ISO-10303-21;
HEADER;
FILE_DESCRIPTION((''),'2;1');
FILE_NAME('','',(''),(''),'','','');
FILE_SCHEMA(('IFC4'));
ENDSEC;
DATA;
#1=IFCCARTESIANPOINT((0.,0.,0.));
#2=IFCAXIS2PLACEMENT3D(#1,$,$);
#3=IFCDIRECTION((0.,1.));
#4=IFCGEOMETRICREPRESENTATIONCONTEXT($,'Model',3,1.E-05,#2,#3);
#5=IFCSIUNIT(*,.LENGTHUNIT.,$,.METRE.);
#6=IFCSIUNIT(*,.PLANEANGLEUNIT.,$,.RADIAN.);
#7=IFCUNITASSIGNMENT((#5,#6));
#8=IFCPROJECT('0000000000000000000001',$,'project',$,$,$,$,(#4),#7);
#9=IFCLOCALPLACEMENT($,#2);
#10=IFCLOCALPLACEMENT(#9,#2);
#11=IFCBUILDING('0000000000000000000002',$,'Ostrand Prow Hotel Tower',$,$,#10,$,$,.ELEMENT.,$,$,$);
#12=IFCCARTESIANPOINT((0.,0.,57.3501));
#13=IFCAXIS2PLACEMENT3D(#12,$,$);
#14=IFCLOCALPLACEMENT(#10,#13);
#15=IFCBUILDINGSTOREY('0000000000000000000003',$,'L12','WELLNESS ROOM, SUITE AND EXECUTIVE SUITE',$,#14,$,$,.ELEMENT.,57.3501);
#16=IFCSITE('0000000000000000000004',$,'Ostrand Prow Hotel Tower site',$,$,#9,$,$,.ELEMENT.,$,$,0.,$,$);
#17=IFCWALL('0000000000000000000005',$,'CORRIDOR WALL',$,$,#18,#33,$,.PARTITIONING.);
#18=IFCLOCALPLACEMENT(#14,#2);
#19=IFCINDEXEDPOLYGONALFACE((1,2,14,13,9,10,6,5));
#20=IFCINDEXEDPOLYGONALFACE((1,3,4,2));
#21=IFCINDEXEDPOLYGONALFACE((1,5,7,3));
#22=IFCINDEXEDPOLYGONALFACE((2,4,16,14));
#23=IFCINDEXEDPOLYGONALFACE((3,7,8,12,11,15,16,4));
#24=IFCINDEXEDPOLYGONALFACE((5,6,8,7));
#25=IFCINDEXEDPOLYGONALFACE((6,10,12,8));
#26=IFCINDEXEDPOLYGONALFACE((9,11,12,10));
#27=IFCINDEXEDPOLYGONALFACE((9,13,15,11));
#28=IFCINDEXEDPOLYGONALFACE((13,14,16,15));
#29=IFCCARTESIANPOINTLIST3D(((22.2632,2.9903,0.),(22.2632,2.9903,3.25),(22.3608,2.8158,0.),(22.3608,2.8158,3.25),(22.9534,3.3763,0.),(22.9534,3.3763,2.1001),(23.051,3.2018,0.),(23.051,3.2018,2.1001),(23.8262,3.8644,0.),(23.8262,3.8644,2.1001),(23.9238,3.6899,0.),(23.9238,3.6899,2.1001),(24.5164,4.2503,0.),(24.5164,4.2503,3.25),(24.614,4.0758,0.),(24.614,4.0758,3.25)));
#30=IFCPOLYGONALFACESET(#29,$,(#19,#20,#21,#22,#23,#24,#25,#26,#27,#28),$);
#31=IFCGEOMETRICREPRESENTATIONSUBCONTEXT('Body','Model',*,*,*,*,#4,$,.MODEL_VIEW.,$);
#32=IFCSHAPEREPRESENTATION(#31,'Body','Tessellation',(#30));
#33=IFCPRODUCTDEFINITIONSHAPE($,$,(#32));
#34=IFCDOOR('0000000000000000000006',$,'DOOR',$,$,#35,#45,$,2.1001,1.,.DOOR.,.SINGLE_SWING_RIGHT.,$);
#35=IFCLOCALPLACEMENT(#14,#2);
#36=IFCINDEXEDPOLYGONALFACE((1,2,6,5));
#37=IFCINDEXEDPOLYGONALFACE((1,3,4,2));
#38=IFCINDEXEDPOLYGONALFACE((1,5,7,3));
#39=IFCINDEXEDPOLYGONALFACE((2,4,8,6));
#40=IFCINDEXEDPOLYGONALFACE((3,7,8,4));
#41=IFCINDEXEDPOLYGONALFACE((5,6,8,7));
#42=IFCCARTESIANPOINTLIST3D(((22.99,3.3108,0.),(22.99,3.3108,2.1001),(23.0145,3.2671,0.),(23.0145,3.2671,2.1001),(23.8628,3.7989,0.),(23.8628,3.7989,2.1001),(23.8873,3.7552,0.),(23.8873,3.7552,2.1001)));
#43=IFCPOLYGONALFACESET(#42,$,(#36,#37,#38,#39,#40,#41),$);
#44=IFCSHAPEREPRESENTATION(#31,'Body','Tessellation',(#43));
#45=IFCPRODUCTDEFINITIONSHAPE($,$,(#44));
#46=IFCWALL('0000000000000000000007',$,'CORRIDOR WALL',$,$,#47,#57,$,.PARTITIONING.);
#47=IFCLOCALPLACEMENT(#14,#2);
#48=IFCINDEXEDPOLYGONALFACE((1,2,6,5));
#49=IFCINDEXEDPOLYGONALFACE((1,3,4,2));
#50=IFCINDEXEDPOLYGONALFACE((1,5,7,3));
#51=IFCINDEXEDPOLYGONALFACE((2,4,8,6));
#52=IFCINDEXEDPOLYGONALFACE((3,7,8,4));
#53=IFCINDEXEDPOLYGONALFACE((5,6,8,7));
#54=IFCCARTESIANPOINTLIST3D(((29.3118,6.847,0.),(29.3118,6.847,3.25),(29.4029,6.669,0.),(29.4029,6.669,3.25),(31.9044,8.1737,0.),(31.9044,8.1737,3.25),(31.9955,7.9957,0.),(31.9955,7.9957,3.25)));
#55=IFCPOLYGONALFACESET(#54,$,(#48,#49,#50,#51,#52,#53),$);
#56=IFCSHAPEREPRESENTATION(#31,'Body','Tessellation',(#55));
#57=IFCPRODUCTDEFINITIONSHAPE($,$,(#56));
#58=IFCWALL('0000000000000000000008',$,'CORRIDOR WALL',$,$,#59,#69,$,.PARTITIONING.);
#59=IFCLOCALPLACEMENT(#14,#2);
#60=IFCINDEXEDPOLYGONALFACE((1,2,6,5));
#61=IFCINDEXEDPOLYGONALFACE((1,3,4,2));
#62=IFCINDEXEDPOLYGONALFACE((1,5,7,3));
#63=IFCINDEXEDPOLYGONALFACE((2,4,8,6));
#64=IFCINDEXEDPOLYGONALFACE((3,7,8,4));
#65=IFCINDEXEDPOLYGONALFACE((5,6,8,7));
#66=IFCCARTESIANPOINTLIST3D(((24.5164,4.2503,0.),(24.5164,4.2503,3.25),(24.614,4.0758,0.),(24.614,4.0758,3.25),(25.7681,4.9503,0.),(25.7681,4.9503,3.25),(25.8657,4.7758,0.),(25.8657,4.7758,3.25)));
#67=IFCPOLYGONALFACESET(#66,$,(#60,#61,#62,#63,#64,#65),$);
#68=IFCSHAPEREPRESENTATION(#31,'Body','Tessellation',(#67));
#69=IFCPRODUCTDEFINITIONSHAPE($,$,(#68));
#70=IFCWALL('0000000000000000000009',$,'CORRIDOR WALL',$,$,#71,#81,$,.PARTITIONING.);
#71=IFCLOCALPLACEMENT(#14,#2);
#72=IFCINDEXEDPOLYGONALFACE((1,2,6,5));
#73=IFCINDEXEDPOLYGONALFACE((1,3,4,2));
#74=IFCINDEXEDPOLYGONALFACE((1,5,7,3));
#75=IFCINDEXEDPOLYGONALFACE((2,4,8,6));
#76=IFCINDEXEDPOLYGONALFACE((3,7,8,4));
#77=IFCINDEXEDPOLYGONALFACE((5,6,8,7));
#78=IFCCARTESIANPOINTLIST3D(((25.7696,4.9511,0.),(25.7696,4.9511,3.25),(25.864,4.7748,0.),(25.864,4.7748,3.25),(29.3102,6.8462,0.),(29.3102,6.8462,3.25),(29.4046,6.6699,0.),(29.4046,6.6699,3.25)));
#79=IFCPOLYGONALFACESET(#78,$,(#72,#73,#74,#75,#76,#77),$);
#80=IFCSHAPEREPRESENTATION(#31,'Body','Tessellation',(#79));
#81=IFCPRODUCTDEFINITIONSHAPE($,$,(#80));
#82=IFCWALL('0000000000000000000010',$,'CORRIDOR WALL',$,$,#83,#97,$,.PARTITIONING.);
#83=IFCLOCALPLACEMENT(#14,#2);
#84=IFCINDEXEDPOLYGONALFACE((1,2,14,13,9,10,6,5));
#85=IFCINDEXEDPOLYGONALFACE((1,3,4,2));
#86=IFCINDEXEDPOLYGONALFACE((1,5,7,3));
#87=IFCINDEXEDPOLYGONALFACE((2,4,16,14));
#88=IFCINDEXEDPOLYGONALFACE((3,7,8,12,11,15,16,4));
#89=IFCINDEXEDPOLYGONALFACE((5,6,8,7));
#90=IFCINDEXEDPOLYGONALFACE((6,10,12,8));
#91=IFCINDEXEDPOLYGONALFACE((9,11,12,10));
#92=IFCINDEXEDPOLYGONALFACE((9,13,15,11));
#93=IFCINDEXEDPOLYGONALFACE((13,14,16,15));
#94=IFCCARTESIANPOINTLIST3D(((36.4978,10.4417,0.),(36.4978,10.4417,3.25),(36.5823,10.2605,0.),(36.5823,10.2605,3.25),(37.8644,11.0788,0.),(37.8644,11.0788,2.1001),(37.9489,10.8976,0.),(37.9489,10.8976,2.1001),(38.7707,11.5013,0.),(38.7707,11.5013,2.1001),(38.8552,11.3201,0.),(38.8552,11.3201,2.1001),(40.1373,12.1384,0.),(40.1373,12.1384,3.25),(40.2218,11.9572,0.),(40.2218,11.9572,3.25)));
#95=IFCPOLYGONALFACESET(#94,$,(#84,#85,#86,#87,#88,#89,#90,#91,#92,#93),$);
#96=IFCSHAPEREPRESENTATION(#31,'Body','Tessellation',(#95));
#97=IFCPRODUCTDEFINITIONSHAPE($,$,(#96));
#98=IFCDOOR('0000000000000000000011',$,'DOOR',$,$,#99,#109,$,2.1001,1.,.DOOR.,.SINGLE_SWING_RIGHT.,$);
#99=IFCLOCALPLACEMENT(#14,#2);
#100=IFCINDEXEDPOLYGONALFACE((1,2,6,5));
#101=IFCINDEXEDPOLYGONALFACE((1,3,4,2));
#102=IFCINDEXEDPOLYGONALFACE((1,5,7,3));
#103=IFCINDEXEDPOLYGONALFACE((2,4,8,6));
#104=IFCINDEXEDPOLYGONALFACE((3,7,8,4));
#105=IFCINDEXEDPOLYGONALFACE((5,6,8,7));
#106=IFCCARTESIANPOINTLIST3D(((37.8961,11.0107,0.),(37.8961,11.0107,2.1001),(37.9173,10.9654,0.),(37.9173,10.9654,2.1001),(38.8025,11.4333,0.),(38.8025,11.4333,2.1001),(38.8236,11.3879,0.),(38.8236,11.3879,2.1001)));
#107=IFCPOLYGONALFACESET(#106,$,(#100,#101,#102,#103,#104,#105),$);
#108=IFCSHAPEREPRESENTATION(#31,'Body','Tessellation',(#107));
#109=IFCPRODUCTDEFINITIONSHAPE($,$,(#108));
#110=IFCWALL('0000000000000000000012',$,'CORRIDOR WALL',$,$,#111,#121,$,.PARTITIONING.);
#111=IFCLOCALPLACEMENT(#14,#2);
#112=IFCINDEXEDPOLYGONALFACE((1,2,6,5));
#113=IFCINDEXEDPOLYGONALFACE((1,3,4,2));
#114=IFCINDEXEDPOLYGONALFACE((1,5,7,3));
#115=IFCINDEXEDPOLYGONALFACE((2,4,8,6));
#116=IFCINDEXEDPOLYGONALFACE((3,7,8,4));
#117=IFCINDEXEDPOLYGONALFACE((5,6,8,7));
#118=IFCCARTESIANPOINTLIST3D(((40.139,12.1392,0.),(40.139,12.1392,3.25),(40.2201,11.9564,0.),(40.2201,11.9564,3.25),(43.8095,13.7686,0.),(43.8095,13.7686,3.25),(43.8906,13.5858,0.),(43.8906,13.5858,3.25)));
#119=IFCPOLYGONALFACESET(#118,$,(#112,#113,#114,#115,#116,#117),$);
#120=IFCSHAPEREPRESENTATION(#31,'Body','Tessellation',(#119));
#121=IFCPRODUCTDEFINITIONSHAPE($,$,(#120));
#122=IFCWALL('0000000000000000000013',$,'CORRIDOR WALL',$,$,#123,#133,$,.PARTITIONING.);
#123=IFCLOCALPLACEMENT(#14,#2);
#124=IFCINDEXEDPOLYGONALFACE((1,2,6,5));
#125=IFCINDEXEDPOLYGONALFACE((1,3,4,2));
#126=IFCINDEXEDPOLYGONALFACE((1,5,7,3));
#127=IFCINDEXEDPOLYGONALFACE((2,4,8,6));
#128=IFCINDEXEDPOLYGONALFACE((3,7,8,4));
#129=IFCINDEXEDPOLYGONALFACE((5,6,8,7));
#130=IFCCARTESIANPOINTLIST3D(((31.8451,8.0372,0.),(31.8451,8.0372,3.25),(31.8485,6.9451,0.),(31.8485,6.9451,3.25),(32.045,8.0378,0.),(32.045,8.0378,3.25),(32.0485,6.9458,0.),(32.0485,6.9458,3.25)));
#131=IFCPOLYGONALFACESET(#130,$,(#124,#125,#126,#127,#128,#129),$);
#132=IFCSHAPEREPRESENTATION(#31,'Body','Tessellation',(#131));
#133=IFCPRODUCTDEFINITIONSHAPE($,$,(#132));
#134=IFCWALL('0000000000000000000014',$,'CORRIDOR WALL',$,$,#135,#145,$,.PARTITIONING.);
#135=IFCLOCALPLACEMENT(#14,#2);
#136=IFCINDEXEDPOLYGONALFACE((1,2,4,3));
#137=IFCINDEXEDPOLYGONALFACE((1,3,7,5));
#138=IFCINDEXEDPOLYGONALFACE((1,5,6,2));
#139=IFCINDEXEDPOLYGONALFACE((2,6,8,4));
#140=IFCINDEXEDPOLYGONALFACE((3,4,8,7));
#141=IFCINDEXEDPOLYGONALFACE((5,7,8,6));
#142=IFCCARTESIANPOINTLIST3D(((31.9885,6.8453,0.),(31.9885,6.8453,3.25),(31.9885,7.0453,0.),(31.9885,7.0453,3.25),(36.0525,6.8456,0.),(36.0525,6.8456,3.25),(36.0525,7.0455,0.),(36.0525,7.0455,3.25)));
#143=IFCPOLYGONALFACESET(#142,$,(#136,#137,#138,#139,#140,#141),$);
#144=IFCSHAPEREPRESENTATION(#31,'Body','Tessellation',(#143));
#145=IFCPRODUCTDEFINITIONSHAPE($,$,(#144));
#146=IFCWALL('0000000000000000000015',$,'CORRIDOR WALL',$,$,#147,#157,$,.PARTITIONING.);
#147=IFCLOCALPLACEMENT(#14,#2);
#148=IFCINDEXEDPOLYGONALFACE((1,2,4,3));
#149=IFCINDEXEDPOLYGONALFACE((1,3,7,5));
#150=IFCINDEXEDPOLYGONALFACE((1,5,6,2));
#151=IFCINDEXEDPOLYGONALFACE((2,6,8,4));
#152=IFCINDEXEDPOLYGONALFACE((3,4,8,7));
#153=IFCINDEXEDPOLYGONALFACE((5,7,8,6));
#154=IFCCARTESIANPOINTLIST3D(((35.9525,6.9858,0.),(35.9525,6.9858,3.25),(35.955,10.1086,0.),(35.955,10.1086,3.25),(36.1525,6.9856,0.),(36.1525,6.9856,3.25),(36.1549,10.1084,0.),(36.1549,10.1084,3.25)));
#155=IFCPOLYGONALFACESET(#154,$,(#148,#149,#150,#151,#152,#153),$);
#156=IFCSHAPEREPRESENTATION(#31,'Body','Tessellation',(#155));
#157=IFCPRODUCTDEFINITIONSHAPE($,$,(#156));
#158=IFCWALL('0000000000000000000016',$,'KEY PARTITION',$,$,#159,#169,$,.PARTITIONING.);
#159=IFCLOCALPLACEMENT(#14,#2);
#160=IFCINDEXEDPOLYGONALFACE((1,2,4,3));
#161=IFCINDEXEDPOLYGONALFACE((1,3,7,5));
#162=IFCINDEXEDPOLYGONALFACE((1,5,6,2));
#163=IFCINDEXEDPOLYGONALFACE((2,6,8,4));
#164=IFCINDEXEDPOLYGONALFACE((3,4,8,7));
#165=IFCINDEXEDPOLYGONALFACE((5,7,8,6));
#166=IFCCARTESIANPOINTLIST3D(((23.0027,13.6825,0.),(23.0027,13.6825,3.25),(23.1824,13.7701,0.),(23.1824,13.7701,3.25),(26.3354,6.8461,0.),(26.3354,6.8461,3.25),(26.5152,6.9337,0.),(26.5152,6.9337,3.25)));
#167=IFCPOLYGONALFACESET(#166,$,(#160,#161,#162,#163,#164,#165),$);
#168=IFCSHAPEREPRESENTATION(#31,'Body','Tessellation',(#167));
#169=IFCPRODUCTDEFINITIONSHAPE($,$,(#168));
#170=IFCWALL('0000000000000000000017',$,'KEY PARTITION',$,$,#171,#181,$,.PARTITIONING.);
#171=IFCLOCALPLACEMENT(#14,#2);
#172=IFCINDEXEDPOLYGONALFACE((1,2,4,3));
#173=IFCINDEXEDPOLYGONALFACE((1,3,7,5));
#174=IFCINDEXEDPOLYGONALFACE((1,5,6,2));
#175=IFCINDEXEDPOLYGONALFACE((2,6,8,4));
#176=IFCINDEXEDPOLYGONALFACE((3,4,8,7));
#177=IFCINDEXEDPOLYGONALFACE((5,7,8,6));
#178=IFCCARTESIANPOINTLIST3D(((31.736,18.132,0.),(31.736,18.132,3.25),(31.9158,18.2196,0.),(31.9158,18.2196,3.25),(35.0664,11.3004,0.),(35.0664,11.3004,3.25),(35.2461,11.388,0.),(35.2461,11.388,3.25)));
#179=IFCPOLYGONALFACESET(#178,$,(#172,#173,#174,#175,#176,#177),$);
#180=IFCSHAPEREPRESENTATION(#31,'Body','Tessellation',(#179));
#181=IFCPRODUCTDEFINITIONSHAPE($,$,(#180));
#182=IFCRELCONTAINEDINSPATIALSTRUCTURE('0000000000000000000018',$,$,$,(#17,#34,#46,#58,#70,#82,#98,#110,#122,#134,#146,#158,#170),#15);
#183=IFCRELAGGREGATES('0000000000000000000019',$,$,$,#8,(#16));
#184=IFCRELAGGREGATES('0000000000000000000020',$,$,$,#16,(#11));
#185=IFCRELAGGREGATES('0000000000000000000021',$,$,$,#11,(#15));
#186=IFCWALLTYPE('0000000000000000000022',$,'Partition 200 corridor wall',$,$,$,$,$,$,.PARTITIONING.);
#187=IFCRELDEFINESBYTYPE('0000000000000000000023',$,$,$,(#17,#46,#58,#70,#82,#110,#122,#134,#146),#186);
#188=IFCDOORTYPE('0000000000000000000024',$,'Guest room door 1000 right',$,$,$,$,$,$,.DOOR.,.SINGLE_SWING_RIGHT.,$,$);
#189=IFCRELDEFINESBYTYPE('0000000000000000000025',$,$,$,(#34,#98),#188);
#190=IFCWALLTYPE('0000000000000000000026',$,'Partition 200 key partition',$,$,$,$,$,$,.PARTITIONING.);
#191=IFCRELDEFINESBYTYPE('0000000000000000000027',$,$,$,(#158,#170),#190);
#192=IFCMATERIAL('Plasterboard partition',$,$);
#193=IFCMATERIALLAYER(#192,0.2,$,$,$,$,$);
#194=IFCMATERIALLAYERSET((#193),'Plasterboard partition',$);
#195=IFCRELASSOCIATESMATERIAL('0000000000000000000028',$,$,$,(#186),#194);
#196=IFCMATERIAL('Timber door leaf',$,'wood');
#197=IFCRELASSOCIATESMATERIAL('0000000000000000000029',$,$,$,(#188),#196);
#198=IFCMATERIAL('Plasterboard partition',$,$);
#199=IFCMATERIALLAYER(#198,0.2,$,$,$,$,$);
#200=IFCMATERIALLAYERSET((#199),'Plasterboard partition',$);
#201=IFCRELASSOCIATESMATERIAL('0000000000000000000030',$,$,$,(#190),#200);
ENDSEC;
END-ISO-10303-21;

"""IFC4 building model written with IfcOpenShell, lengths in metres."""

from ifc_helpers import new_model, si_unit, direction, frame, frame_2d, origin, place, context, subcontext, project, spatial, rectangle, extrude, material, layer, layer_set, type_object, element, fill, save


model = new_model("IFC4")

# Units and contexts
model_context = context("Model", 3, precision=1e-05, world=origin(), true_north=direction((0.0, 1.0)))
body_context = subcontext(model_context, "Body", "Model", "MODEL_VIEW")
ifc_project = project(units=[si_unit("LENGTHUNIT", "METRE"), si_unit("PLANEANGLEUNIT", "RADIAN")], contexts=[model_context])

# Site, building, storey
site_placement = place(None, origin())
site = spatial("IfcSite", under=ifc_project, at=site_placement, Name="Ostrand Prow Hotel Tower site", CompositionType="ELEMENT", RefElevation=0.0)
building_placement = place(site_placement, origin())
building = spatial("IfcBuilding", under=site, at=building_placement, Name="Ostrand Prow Hotel Tower", CompositionType="ELEMENT")
storey_placement = place(building_placement, frame((0.0, 0.0, 57.3501)))
storey = spatial("IfcBuildingStorey", under=building, at=storey_placement, Name="L12", Description="WELLNESS ROOM, SUITE AND EXECUTIVE SUITE", CompositionType="ELEMENT", Elevation=57.3501)

# Wall, opening, door
ifc_material_1 = material(Name="Plasterboard partition")
ifc_layer_1 = layer(ifc_material_1, 0.2)
ifc_layer_set_1 = layer_set([ifc_layer_1], Name="Plasterboard partition")
wall_type_1 = type_object("IfcWallType", Name="Partition 200 corridor wall", PredefinedType="PARTITIONING", material=ifc_layer_set_1)
ifc_material_2 = material(Name="Timber door leaf", Category="wood")
door_type_1 = type_object("IfcDoorType", Name="Guest room door 1000 right", OperationType="SINGLE_SWING_RIGHT", PredefinedType="DOOR", material=ifc_material_2)
wall_1_placement = place(storey_placement, frame((22.312, 2.9031, 0.0), z_axis=(0.0, 0.0, 1.0), x_axis=(0.872798, 0.488082, 0.0)))
wall_1 = element("IfcWall", 1, at=wall_1_placement, inside=storey, type_object=wall_type_1, Name="CORRIDOR WALL", PredefinedType="PARTITIONING", context=body_context, shape_type="SweptSolid", body=[
    extrude(rectangle(XDim=2.5815, YDim=0.2, at=frame_2d((1.2908, 0.0))), origin(), (0.0, 0.0, 1.0), 3.25),
])
opening_1_placement = place(wall_1_placement, frame((0.7908, 0.0, 0.0)))
opening_1 = element("IfcOpeningElement", 2, at=opening_1_placement, cuts=wall_1, PredefinedType="OPENING", context=body_context, shape_type="SweptSolid", body=[
    extrude(rectangle(XDim=1.0, YDim=2.1001, at=frame_2d((0.5, 1.05))), frame((0.0, 0.1099, 0.0), z_axis=(0.0, -1.0, 0.0), x_axis=(1.0, 0.0, 0.0)), (0.0, 0.0, 1.0), 0.22),
])
door_1_placement = place(opening_1_placement, origin())
door_1 = element("IfcDoor", 3, at=door_1_placement, inside=storey, type_object=door_type_1, Name="DOOR", OperationType="SINGLE_SWING_RIGHT", OverallHeight=2.1001, OverallWidth=1.0, PredefinedType="DOOR", context=body_context, shape_type="SweptSolid", body=[
    extrude(rectangle(XDim=1.0, YDim=2.1001, at=frame_2d((0.5, 1.05))), frame((0.0, 0.0249, 0.0), z_axis=(0.0, -1.0, 0.0), x_axis=(1.0, 0.0, 0.0)), (0.0, 0.0, 1.0), 0.05),
])
fill(opening_1, door_1)

# Walls
wall_2_placement = place(storey_placement, frame((29.3574, 6.7581, 0.0), z_axis=(0.0, 0.0, 1.0), x_axis=(0.890213, 0.455544, 0.0)))
element("IfcWall", 4, at=wall_2_placement, inside=storey, type_object=wall_type_1, Name="CORRIDOR WALL", PredefinedType="PARTITIONING", context=body_context, shape_type="SweptSolid", body=[
    extrude(rectangle(XDim=2.9124, YDim=0.2, at=frame_2d((1.4561, 0.0))), origin(), (0.0, 0.0, 1.0), 3.25),
])
wall_3_placement = place(storey_placement, frame((24.5652, 4.1631, 0.0), z_axis=(0.0, 0.0, 1.0), x_axis=(0.872805, 0.488069, 0.0)))
element("IfcWall", 5, at=wall_3_placement, inside=storey, type_object=wall_type_1, Name="CORRIDOR WALL", PredefinedType="PARTITIONING", context=body_context, shape_type="SweptSolid", body=[
    extrude(rectangle(XDim=1.4341, YDim=0.2, at=frame_2d((0.717, 0.0))), origin(), (0.0, 0.0, 1.0), 3.25),
])
wall_4_placement = place(storey_placement, frame((25.8169, 4.863, 0.0), z_axis=(0.0, 0.0, 1.0), x_axis=(0.881655, 0.471894, 0.0)))
element("IfcWall", 6, at=wall_4_placement, inside=storey, type_object=wall_type_1, Name="CORRIDOR WALL", PredefinedType="PARTITIONING", context=body_context, shape_type="SweptSolid", body=[
    extrude(rectangle(XDim=4.0159, YDim=0.2, at=frame_2d((2.0078, 0.0))), origin(), (0.0, 0.0, 1.0), 3.25),
])

# Wall, opening, door
wall_5_placement = place(storey_placement, frame((36.54, 10.3511, 0.0), z_axis=(0.0, 0.0, 1.0), x_axis=(0.906348, 0.422533, 0.0)))
wall_5 = element("IfcWall", 7, at=wall_5_placement, inside=storey, type_object=wall_type_1, Name="CORRIDOR WALL", PredefinedType="PARTITIONING", context=body_context, shape_type="SweptSolid", body=[
    extrude(rectangle(XDim=4.0156, YDim=0.2, at=frame_2d((2.0078, 0.0))), origin(), (0.0, 0.0, 1.0), 3.25),
])
opening_2_placement = place(wall_5_placement, frame((1.5078, 0.0, 0.0)))
opening_2 = element("IfcOpeningElement", 8, at=opening_2_placement, cuts=wall_5, PredefinedType="OPENING", context=body_context, shape_type="SweptSolid", body=[
    extrude(rectangle(XDim=1.0, YDim=2.1001, at=frame_2d((0.5, 1.05))), frame((0.0, 0.1099, 0.0), z_axis=(0.0, -1.0, 0.0), x_axis=(1.0, 0.0, 0.0)), (0.0, 0.0, 1.0), 0.22),
])
door_2_placement = place(opening_2_placement, origin())
door_2 = element("IfcDoor", 9, at=door_2_placement, inside=storey, type_object=door_type_1, Name="DOOR", OperationType="SINGLE_SWING_RIGHT", OverallHeight=2.1001, OverallWidth=1.0, PredefinedType="DOOR", context=body_context, shape_type="SweptSolid", body=[
    extrude(rectangle(XDim=1.0, YDim=2.1001, at=frame_2d((0.5, 1.05))), frame((0.0, 0.0249, 0.0), z_axis=(0.0, -1.0, 0.0), x_axis=(1.0, 0.0, 0.0)), (0.0, 0.0, 1.0), 0.05),
])
fill(opening_2, door_2)

# Walls
wall_6_placement = place(storey_placement, frame((40.1797, 12.0479, 0.0), z_axis=(0.0, 0.0, 1.0), x_axis=(0.913987, 0.405744, 0.0)))
element("IfcWall", 10, at=wall_6_placement, inside=storey, type_object=wall_type_1, Name="CORRIDOR WALL", PredefinedType="PARTITIONING", context=body_context, shape_type="SweptSolid", body=[
    extrude(rectangle(XDim=4.0159, YDim=0.2, at=frame_2d((2.0078, 0.0))), origin(), (0.0, 0.0, 1.0), 3.25),
])
wall_7_placement = place(storey_placement, frame((31.9451, 8.0374, 0.0), z_axis=(0.0, 0.0, 1.0), x_axis=(0.00313, -0.999995, 0.0)))
element("IfcWall", 11, at=wall_7_placement, inside=storey, type_object=wall_type_1, Name="CORRIDOR WALL", PredefinedType="PARTITIONING", context=body_context, shape_type="SweptSolid", body=[
    extrude(rectangle(XDim=1.092, YDim=0.2, at=frame_2d((0.5459, 0.0))), origin(), (0.0, 0.0, 1.0), 3.25),
])
wall_8_placement = place(storey_placement, frame((31.9885, 6.9453, 0.0), z_axis=(0.0, 0.0, 1.0), x_axis=(1.0, 0.00006, 0.0)))
element("IfcWall", 12, at=wall_8_placement, inside=storey, type_object=wall_type_1, Name="CORRIDOR WALL", PredefinedType="PARTITIONING", context=body_context, shape_type="SweptSolid", body=[
    extrude(rectangle(XDim=4.064, YDim=0.2, at=frame_2d((2.032, 0.0))), origin(), (0.0, 0.0, 1.0), 3.25),
])
wall_9_placement = place(storey_placement, frame((36.0525, 6.9856, 0.0), z_axis=(0.0, 0.0, 1.0), x_axis=(0.000782, 1.0, 0.0)))
element("IfcWall", 13, at=wall_9_placement, inside=storey, type_object=wall_type_1, Name="CORRIDOR WALL", PredefinedType="PARTITIONING", context=body_context, shape_type="SweptSolid", body=[
    extrude(rectangle(XDim=3.1228, YDim=0.2, at=frame_2d((1.5615, 0.0))), origin(), (0.0, 0.0, 1.0), 3.25),
])
ifc_material_3 = material(Name="Plasterboard partition")
ifc_layer_2 = layer(ifc_material_3, 0.2)
ifc_layer_set_2 = layer_set([ifc_layer_2], Name="Plasterboard partition")
wall_type_2 = type_object("IfcWallType", Name="Partition 200 key partition", PredefinedType="PARTITIONING", material=ifc_layer_set_2)
wall_10_placement = place(storey_placement, frame((26.4253, 6.8899, 0.0), z_axis=(0.0, 0.0, 1.0), x_axis=(-0.438203, 0.898876, 0.0)))
element("IfcWall", 14, at=wall_10_placement, inside=storey, type_object=wall_type_2, Name="KEY PARTITION", PredefinedType="PARTITIONING", context=body_context, shape_type="SweptSolid", body=[
    extrude(rectangle(XDim=7.6055, YDim=0.2, at=frame_2d((3.8027, 0.0))), origin(), (0.0, 0.0, 1.0), 3.25),
])
wall_11_placement = place(storey_placement, frame((35.1562, 11.3442, 0.0), z_axis=(0.0, 0.0, 1.0), x_axis=(-0.438196, 0.898879, 0.0)))
element("IfcWall", 15, at=wall_11_placement, inside=storey, type_object=wall_type_2, Name="KEY PARTITION", PredefinedType="PARTITIONING", context=body_context, shape_type="SweptSolid", body=[
    extrude(rectangle(XDim=7.6001, YDim=0.2, at=frame_2d((3.8, 0.0))), origin(), (0.0, 0.0, 1.0), 3.25),
])

save(model, "model.ifc")
